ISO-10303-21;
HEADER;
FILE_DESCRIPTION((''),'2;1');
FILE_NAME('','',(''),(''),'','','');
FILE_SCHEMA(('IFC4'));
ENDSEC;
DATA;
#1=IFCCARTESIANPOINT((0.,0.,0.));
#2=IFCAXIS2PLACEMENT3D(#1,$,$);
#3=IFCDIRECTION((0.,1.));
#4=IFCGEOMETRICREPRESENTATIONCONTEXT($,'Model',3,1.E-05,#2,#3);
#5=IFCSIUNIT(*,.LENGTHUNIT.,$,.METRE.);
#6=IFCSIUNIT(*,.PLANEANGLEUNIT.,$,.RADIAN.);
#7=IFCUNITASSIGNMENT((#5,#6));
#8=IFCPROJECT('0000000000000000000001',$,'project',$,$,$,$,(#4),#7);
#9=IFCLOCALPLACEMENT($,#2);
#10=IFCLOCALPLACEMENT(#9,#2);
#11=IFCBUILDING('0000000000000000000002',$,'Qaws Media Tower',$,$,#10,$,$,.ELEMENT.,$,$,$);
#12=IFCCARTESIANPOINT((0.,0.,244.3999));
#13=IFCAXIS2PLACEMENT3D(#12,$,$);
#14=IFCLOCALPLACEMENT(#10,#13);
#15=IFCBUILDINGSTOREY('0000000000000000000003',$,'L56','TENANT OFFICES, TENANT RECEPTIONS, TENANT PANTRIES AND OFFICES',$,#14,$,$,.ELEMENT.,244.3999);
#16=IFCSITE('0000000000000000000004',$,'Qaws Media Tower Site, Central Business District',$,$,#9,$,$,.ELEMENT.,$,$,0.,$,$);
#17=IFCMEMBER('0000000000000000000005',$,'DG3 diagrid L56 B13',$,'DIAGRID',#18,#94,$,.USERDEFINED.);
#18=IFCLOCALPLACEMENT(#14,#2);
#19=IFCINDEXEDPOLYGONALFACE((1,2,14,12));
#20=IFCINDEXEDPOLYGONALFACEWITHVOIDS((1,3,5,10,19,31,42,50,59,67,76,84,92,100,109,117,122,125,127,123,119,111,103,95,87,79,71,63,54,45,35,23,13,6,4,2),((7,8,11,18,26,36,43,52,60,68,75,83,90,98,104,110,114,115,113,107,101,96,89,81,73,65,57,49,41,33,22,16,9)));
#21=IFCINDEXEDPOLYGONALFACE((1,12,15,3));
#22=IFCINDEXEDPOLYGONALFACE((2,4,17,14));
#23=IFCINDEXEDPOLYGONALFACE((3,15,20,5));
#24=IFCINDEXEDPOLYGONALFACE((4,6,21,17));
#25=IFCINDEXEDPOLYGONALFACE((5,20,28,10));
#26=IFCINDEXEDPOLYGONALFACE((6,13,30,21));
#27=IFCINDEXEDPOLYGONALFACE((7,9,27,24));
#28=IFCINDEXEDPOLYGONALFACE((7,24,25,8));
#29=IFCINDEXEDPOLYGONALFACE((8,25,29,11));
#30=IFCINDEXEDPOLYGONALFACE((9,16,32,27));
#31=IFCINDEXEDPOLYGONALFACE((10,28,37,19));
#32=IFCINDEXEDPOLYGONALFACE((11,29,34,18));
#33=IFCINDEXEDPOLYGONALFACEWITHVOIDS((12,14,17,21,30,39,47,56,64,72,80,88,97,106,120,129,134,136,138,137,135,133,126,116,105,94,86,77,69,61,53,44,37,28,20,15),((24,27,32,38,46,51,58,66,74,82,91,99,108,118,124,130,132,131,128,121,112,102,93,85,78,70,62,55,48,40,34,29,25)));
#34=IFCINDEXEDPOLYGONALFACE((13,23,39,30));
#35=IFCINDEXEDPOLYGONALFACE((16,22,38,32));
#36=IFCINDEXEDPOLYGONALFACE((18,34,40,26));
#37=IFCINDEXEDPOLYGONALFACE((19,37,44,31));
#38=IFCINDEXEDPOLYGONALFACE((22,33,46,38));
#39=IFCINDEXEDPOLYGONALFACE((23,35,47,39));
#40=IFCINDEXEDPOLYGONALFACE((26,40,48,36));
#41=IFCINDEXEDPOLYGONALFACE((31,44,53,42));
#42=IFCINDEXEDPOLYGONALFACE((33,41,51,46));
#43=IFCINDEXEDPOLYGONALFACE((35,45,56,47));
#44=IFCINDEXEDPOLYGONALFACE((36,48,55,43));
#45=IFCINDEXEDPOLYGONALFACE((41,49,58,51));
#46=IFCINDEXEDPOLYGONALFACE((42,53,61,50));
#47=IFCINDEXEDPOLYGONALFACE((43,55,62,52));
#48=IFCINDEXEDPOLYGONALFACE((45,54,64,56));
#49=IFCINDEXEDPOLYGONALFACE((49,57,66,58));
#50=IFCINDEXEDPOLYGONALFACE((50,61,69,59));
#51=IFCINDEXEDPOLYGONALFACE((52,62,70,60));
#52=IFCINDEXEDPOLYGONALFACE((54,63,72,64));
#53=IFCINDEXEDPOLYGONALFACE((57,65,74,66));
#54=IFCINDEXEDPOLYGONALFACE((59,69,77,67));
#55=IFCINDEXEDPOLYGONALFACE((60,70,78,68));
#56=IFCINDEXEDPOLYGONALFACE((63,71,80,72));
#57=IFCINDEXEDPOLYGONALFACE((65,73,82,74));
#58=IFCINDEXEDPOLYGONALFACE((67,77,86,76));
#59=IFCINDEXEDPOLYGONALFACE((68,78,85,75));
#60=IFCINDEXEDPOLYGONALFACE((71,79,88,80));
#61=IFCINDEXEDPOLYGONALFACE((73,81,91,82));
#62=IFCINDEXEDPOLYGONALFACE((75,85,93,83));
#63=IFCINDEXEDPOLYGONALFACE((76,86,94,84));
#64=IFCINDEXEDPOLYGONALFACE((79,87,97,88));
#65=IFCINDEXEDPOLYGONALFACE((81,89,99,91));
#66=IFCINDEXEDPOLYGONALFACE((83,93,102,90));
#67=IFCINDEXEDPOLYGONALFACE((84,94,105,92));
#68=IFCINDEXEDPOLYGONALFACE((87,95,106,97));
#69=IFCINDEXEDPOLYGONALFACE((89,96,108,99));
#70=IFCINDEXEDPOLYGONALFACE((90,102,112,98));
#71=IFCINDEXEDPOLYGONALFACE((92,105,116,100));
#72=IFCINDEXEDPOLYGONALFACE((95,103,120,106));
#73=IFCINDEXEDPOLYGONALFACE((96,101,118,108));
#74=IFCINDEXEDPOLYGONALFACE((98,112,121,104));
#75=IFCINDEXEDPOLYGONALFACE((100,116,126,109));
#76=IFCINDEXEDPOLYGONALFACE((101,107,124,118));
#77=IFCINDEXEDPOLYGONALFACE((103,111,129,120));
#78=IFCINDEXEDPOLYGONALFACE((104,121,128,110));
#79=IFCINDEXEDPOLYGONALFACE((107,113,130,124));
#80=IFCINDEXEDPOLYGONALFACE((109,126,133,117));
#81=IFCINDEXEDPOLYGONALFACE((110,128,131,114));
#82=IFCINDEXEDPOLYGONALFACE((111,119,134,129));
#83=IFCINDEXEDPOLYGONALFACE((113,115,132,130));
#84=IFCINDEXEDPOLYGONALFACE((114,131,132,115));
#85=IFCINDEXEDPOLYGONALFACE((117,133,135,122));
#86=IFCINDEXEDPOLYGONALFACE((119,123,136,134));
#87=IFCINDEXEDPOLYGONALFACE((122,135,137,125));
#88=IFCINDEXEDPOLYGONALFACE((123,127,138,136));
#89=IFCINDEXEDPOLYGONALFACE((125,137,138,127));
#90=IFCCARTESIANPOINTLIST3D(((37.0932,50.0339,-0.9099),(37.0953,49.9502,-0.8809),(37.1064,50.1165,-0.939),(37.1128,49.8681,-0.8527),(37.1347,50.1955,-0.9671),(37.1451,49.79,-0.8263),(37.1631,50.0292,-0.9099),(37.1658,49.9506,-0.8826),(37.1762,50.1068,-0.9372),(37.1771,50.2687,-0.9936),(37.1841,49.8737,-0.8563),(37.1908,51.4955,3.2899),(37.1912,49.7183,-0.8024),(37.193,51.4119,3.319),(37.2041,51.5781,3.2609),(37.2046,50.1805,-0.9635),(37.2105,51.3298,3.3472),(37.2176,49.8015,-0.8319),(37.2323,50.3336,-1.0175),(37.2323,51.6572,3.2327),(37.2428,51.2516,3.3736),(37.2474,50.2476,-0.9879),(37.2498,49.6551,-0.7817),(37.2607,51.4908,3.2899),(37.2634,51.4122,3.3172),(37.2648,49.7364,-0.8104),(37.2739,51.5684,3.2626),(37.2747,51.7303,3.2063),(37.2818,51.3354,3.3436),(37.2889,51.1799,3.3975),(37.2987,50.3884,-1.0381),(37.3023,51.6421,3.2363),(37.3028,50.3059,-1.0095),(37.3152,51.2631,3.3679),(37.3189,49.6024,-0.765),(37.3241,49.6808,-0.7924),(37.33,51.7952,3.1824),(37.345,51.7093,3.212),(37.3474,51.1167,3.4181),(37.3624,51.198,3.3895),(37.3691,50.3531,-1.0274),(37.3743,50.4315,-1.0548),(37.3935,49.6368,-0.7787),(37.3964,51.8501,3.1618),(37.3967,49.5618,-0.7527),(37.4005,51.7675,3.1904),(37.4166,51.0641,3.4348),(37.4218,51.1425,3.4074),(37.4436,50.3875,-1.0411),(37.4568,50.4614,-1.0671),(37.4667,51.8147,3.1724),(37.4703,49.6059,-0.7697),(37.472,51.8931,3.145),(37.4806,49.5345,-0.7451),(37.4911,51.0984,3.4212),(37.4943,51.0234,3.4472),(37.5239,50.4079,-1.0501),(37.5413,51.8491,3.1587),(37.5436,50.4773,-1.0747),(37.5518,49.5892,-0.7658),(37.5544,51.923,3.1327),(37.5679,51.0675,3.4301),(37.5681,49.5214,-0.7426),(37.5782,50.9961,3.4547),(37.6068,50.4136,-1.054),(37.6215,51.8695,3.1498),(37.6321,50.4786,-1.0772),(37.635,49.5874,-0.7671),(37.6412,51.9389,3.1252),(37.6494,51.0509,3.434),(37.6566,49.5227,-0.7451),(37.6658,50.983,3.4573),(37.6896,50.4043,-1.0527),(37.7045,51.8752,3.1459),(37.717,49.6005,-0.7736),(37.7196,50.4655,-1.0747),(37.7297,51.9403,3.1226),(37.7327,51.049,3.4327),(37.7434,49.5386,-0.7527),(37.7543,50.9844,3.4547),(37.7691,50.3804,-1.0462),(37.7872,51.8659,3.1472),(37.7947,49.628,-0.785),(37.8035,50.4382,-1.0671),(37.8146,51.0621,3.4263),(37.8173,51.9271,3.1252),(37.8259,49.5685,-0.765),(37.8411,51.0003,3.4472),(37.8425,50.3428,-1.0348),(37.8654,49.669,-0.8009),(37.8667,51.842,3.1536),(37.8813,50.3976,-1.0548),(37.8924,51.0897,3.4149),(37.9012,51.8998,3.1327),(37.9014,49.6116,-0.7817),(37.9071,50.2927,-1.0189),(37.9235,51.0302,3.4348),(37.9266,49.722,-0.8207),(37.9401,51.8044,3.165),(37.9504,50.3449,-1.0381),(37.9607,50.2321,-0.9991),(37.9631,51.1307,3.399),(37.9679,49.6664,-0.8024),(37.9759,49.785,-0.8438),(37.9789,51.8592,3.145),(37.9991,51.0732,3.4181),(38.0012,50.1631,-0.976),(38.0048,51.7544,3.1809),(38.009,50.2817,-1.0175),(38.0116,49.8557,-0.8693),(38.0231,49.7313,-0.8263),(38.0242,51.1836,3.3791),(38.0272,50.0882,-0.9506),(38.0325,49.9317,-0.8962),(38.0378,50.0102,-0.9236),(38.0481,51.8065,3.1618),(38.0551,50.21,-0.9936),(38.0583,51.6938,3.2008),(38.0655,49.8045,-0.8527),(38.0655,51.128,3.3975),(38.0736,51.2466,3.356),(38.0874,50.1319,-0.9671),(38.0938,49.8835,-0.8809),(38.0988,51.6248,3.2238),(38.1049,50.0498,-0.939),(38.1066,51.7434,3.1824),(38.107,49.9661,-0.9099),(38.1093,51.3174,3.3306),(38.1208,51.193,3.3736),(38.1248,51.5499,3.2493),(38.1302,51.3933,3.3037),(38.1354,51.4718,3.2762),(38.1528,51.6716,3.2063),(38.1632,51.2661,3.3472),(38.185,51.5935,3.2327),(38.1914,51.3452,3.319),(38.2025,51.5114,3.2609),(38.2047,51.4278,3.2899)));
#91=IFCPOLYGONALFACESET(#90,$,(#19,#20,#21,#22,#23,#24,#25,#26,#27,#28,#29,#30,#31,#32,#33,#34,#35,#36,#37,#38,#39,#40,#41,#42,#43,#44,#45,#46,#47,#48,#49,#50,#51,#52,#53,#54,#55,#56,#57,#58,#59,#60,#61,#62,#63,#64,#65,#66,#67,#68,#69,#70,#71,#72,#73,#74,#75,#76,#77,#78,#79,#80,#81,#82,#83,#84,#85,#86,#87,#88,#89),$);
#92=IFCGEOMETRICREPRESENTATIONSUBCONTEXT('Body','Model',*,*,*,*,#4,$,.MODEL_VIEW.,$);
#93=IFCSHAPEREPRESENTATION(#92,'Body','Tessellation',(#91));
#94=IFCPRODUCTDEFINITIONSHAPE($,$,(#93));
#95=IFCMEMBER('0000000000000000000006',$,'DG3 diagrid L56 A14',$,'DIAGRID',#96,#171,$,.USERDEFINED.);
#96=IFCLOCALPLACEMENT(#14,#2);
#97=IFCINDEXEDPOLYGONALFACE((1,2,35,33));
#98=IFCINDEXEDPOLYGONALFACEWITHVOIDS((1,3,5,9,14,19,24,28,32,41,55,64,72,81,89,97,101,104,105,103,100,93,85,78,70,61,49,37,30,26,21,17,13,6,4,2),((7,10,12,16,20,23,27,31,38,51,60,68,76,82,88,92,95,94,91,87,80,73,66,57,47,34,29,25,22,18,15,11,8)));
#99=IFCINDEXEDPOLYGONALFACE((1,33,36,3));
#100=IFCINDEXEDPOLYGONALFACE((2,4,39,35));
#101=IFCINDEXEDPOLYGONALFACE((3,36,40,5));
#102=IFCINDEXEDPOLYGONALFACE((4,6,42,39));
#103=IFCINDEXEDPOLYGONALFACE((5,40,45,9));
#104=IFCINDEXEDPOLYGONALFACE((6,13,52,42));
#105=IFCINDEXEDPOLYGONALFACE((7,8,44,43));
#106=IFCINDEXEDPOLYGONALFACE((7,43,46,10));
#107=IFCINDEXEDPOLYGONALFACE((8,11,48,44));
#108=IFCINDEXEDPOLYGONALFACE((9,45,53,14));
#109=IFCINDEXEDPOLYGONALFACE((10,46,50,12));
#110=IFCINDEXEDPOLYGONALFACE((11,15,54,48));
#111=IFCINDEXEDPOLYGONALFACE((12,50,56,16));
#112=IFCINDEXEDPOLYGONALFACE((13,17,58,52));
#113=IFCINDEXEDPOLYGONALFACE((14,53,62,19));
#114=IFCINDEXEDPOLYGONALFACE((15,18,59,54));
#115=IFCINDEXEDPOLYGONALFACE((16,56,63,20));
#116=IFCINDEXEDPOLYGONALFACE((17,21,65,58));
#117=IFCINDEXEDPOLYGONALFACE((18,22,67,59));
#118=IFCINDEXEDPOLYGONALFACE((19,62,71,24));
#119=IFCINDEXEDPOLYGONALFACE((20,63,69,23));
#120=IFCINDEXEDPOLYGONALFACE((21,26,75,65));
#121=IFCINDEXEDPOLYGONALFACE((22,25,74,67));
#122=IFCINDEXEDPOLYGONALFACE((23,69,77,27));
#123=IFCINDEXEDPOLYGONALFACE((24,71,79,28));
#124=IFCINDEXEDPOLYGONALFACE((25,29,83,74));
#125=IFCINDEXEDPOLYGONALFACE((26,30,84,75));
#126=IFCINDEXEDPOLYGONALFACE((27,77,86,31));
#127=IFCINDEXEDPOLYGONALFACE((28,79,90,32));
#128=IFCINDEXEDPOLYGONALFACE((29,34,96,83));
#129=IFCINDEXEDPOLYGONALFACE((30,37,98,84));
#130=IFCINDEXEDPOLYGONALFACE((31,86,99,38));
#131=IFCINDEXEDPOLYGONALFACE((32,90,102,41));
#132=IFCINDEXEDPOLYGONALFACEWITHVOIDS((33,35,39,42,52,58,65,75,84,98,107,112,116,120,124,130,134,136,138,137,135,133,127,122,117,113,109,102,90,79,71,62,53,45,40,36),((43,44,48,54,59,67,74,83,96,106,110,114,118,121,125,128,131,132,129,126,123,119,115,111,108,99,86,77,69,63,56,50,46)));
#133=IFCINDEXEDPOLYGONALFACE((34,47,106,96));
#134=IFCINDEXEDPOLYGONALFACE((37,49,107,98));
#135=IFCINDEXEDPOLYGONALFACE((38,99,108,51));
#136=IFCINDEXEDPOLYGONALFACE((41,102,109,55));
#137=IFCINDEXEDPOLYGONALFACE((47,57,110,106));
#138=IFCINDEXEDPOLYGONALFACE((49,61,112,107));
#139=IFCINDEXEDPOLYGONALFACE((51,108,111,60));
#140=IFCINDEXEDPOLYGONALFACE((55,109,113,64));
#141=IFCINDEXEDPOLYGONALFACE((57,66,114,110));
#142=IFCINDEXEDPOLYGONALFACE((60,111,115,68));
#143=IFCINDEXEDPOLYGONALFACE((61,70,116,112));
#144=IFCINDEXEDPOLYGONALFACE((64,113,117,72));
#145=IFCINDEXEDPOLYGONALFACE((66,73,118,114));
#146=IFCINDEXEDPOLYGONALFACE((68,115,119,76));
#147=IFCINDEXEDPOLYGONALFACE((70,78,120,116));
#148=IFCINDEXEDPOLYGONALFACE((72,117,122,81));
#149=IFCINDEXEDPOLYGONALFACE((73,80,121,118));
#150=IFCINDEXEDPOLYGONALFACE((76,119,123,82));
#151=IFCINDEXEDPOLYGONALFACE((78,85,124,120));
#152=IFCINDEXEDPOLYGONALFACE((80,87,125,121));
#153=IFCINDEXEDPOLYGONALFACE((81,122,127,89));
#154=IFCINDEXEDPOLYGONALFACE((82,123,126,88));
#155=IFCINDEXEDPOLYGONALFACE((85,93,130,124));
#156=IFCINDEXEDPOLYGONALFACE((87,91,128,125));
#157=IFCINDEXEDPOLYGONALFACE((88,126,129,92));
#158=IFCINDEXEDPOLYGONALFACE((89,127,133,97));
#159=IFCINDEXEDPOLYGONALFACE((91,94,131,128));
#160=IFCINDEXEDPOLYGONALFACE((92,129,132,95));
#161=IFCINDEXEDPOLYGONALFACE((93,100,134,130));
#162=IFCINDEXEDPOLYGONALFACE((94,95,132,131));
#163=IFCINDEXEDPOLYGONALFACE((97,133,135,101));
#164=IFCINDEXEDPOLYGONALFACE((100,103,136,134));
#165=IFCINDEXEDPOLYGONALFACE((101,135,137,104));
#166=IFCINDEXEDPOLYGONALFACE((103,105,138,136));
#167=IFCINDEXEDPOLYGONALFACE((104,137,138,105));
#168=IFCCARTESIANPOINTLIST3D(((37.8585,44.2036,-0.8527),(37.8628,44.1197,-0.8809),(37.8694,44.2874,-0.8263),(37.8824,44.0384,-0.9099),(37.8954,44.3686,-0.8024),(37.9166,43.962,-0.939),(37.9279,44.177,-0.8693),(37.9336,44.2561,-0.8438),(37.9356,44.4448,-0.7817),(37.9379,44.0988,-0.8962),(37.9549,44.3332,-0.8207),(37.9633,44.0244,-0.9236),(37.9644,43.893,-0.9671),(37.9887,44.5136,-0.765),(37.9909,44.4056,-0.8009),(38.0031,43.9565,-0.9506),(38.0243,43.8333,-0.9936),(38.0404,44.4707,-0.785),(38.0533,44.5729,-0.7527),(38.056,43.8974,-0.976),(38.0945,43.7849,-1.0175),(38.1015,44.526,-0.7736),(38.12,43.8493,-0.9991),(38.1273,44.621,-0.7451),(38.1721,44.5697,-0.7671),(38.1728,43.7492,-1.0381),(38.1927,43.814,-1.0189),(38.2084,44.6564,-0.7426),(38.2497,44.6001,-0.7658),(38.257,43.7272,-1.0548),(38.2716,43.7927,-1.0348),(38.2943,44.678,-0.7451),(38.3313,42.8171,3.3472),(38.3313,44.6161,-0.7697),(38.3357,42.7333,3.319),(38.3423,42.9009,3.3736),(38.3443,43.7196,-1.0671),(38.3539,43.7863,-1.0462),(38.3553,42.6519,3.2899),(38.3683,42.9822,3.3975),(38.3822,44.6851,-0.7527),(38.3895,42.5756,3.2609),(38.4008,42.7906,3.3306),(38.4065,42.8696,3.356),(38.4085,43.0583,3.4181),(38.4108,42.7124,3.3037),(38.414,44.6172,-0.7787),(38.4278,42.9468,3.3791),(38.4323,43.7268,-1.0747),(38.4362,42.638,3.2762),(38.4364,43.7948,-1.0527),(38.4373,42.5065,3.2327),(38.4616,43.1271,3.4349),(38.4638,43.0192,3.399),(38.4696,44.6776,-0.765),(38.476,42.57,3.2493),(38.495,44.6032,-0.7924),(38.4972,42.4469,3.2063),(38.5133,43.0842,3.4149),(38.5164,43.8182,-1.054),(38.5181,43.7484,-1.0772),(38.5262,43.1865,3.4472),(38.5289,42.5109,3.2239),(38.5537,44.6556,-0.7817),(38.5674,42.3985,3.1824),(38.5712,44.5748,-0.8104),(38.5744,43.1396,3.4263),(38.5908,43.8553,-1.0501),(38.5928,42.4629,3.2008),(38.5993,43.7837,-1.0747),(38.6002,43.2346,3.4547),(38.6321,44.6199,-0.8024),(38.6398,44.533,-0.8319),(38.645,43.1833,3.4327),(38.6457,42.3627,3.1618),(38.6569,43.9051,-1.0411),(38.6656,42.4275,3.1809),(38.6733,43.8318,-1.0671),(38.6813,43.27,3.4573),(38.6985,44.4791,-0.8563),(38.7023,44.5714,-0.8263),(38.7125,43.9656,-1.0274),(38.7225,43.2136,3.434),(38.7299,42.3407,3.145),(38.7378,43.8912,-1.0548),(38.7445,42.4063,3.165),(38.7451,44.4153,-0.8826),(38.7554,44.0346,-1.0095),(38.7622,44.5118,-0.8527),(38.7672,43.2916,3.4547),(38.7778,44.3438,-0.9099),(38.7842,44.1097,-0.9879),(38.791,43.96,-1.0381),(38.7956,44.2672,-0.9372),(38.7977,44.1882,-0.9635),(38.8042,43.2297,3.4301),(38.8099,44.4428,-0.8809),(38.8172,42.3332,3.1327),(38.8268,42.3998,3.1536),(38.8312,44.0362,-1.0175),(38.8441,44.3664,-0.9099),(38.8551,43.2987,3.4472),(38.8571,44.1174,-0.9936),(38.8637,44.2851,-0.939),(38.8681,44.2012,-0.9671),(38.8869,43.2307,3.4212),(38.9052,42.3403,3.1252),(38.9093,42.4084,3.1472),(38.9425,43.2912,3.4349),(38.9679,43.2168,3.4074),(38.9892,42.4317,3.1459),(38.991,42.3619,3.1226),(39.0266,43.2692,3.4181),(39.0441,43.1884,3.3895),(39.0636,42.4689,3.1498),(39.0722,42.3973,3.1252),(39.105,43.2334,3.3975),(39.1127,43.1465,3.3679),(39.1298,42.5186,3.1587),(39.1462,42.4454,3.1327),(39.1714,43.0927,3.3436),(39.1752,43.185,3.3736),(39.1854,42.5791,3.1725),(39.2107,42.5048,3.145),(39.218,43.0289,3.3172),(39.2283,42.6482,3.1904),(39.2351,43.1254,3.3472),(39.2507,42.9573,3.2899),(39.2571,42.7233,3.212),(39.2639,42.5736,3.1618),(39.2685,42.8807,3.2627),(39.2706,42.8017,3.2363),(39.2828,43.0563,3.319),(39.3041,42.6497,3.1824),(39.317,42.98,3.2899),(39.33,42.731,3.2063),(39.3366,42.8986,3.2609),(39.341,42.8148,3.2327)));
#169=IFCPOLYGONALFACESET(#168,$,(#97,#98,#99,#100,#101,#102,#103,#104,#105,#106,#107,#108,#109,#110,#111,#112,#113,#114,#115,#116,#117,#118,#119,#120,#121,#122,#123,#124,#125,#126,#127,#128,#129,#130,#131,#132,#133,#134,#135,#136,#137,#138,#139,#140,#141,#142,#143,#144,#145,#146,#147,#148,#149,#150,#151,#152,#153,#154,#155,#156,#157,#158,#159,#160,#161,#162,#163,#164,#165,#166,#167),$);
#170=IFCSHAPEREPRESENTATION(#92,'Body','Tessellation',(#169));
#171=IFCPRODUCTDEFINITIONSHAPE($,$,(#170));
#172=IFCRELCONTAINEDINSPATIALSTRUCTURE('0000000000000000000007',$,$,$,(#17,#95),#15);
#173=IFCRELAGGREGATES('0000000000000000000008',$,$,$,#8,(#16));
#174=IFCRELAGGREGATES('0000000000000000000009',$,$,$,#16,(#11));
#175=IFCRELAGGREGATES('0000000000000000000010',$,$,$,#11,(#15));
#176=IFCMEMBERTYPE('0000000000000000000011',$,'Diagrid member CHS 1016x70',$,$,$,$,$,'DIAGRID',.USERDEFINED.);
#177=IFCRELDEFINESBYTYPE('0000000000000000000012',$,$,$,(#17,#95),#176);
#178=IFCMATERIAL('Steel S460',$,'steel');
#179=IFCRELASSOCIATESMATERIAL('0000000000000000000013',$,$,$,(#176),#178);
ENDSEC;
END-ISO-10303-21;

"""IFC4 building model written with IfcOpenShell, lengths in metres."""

from ifc_helpers import new_model, si_unit, direction, frame, origin, origin_2d, place, context, subcontext, project, spatial, hollow_circle, extrude, material, material_profile, profile_set, type_object, element, save


model = new_model("IFC4")

# Units and contexts
model_context = context("Model", 3, precision=1e-05, world=origin(), true_north=direction((0.0, 1.0)))
body_context = subcontext(model_context, "Body", "Model", "MODEL_VIEW")
ifc_project = project(units=[si_unit("LENGTHUNIT", "METRE"), si_unit("PLANEANGLEUNIT", "RADIAN")], contexts=[model_context])

# Site, building, storey
site_placement = place(None, origin())
site = spatial("IfcSite", under=ifc_project, at=site_placement, Name="Qaws Media Tower Site, Central Business District", CompositionType="ELEMENT", RefElevation=0.0)
building_placement = place(site_placement, origin())
building = spatial("IfcBuilding", under=site, at=building_placement, Name="Qaws Media Tower", CompositionType="ELEMENT")
storey_placement = place(building_placement, frame((0.0, 0.0, 244.3999)))
storey = spatial("IfcBuildingStorey", under=building, at=storey_placement, Name="L56", Description="TENANT OFFICES, TENANT RECEPTIONS, TENANT PANTRIES AND OFFICES", CompositionType="ELEMENT", Elevation=244.3999)

# Members
ifc_material_1 = material(Name="Steel S460", Category="steel")
ifc_material_profile_1 = material_profile(ifc_material_1, hollow_circle(Radius=0.5081, WallThickness=0.0701, at=origin_2d()), Name="CHS 1016x70")
ifc_profile_set_1 = profile_set([ifc_material_profile_1], Name="Steel S460")
member_type_1 = type_object("IfcMemberType", Name="Diagrid member CHS 1016x70", ElementType="DIAGRID", PredefinedType="USERDEFINED", material=ifc_profile_set_1)
for number, where, z_axis, x_axis, name in (
    (1, (37.6001, 50.0, -0.9099), (0.021955, 0.328605, 0.944212), (-0.997776, 0.066663, 0.0), "DG3 diagrid L56 B13"),
    (2, (38.3633, 44.2024, -0.9099), (0.106315, -0.311701, 0.944214), (0.94646, 0.32282, 0.0), "DG3 diagrid L56 A14"),
):
    element("IfcMember", number, at=place(storey_placement, frame(where, z_axis=z_axis, x_axis=x_axis)), inside=storey, type_object=member_type_1, Name=name, ObjectType="DIAGRID", PredefinedType="USERDEFINED", context=body_context, shape_type="SweptSolid", body=[
        extrude(hollow_circle(Radius=0.5081, WallThickness=0.0701, at=origin_2d()), origin(), (0.0, 0.0, 1.0), 4.448),
    ])

save(model, "model.ifc")
